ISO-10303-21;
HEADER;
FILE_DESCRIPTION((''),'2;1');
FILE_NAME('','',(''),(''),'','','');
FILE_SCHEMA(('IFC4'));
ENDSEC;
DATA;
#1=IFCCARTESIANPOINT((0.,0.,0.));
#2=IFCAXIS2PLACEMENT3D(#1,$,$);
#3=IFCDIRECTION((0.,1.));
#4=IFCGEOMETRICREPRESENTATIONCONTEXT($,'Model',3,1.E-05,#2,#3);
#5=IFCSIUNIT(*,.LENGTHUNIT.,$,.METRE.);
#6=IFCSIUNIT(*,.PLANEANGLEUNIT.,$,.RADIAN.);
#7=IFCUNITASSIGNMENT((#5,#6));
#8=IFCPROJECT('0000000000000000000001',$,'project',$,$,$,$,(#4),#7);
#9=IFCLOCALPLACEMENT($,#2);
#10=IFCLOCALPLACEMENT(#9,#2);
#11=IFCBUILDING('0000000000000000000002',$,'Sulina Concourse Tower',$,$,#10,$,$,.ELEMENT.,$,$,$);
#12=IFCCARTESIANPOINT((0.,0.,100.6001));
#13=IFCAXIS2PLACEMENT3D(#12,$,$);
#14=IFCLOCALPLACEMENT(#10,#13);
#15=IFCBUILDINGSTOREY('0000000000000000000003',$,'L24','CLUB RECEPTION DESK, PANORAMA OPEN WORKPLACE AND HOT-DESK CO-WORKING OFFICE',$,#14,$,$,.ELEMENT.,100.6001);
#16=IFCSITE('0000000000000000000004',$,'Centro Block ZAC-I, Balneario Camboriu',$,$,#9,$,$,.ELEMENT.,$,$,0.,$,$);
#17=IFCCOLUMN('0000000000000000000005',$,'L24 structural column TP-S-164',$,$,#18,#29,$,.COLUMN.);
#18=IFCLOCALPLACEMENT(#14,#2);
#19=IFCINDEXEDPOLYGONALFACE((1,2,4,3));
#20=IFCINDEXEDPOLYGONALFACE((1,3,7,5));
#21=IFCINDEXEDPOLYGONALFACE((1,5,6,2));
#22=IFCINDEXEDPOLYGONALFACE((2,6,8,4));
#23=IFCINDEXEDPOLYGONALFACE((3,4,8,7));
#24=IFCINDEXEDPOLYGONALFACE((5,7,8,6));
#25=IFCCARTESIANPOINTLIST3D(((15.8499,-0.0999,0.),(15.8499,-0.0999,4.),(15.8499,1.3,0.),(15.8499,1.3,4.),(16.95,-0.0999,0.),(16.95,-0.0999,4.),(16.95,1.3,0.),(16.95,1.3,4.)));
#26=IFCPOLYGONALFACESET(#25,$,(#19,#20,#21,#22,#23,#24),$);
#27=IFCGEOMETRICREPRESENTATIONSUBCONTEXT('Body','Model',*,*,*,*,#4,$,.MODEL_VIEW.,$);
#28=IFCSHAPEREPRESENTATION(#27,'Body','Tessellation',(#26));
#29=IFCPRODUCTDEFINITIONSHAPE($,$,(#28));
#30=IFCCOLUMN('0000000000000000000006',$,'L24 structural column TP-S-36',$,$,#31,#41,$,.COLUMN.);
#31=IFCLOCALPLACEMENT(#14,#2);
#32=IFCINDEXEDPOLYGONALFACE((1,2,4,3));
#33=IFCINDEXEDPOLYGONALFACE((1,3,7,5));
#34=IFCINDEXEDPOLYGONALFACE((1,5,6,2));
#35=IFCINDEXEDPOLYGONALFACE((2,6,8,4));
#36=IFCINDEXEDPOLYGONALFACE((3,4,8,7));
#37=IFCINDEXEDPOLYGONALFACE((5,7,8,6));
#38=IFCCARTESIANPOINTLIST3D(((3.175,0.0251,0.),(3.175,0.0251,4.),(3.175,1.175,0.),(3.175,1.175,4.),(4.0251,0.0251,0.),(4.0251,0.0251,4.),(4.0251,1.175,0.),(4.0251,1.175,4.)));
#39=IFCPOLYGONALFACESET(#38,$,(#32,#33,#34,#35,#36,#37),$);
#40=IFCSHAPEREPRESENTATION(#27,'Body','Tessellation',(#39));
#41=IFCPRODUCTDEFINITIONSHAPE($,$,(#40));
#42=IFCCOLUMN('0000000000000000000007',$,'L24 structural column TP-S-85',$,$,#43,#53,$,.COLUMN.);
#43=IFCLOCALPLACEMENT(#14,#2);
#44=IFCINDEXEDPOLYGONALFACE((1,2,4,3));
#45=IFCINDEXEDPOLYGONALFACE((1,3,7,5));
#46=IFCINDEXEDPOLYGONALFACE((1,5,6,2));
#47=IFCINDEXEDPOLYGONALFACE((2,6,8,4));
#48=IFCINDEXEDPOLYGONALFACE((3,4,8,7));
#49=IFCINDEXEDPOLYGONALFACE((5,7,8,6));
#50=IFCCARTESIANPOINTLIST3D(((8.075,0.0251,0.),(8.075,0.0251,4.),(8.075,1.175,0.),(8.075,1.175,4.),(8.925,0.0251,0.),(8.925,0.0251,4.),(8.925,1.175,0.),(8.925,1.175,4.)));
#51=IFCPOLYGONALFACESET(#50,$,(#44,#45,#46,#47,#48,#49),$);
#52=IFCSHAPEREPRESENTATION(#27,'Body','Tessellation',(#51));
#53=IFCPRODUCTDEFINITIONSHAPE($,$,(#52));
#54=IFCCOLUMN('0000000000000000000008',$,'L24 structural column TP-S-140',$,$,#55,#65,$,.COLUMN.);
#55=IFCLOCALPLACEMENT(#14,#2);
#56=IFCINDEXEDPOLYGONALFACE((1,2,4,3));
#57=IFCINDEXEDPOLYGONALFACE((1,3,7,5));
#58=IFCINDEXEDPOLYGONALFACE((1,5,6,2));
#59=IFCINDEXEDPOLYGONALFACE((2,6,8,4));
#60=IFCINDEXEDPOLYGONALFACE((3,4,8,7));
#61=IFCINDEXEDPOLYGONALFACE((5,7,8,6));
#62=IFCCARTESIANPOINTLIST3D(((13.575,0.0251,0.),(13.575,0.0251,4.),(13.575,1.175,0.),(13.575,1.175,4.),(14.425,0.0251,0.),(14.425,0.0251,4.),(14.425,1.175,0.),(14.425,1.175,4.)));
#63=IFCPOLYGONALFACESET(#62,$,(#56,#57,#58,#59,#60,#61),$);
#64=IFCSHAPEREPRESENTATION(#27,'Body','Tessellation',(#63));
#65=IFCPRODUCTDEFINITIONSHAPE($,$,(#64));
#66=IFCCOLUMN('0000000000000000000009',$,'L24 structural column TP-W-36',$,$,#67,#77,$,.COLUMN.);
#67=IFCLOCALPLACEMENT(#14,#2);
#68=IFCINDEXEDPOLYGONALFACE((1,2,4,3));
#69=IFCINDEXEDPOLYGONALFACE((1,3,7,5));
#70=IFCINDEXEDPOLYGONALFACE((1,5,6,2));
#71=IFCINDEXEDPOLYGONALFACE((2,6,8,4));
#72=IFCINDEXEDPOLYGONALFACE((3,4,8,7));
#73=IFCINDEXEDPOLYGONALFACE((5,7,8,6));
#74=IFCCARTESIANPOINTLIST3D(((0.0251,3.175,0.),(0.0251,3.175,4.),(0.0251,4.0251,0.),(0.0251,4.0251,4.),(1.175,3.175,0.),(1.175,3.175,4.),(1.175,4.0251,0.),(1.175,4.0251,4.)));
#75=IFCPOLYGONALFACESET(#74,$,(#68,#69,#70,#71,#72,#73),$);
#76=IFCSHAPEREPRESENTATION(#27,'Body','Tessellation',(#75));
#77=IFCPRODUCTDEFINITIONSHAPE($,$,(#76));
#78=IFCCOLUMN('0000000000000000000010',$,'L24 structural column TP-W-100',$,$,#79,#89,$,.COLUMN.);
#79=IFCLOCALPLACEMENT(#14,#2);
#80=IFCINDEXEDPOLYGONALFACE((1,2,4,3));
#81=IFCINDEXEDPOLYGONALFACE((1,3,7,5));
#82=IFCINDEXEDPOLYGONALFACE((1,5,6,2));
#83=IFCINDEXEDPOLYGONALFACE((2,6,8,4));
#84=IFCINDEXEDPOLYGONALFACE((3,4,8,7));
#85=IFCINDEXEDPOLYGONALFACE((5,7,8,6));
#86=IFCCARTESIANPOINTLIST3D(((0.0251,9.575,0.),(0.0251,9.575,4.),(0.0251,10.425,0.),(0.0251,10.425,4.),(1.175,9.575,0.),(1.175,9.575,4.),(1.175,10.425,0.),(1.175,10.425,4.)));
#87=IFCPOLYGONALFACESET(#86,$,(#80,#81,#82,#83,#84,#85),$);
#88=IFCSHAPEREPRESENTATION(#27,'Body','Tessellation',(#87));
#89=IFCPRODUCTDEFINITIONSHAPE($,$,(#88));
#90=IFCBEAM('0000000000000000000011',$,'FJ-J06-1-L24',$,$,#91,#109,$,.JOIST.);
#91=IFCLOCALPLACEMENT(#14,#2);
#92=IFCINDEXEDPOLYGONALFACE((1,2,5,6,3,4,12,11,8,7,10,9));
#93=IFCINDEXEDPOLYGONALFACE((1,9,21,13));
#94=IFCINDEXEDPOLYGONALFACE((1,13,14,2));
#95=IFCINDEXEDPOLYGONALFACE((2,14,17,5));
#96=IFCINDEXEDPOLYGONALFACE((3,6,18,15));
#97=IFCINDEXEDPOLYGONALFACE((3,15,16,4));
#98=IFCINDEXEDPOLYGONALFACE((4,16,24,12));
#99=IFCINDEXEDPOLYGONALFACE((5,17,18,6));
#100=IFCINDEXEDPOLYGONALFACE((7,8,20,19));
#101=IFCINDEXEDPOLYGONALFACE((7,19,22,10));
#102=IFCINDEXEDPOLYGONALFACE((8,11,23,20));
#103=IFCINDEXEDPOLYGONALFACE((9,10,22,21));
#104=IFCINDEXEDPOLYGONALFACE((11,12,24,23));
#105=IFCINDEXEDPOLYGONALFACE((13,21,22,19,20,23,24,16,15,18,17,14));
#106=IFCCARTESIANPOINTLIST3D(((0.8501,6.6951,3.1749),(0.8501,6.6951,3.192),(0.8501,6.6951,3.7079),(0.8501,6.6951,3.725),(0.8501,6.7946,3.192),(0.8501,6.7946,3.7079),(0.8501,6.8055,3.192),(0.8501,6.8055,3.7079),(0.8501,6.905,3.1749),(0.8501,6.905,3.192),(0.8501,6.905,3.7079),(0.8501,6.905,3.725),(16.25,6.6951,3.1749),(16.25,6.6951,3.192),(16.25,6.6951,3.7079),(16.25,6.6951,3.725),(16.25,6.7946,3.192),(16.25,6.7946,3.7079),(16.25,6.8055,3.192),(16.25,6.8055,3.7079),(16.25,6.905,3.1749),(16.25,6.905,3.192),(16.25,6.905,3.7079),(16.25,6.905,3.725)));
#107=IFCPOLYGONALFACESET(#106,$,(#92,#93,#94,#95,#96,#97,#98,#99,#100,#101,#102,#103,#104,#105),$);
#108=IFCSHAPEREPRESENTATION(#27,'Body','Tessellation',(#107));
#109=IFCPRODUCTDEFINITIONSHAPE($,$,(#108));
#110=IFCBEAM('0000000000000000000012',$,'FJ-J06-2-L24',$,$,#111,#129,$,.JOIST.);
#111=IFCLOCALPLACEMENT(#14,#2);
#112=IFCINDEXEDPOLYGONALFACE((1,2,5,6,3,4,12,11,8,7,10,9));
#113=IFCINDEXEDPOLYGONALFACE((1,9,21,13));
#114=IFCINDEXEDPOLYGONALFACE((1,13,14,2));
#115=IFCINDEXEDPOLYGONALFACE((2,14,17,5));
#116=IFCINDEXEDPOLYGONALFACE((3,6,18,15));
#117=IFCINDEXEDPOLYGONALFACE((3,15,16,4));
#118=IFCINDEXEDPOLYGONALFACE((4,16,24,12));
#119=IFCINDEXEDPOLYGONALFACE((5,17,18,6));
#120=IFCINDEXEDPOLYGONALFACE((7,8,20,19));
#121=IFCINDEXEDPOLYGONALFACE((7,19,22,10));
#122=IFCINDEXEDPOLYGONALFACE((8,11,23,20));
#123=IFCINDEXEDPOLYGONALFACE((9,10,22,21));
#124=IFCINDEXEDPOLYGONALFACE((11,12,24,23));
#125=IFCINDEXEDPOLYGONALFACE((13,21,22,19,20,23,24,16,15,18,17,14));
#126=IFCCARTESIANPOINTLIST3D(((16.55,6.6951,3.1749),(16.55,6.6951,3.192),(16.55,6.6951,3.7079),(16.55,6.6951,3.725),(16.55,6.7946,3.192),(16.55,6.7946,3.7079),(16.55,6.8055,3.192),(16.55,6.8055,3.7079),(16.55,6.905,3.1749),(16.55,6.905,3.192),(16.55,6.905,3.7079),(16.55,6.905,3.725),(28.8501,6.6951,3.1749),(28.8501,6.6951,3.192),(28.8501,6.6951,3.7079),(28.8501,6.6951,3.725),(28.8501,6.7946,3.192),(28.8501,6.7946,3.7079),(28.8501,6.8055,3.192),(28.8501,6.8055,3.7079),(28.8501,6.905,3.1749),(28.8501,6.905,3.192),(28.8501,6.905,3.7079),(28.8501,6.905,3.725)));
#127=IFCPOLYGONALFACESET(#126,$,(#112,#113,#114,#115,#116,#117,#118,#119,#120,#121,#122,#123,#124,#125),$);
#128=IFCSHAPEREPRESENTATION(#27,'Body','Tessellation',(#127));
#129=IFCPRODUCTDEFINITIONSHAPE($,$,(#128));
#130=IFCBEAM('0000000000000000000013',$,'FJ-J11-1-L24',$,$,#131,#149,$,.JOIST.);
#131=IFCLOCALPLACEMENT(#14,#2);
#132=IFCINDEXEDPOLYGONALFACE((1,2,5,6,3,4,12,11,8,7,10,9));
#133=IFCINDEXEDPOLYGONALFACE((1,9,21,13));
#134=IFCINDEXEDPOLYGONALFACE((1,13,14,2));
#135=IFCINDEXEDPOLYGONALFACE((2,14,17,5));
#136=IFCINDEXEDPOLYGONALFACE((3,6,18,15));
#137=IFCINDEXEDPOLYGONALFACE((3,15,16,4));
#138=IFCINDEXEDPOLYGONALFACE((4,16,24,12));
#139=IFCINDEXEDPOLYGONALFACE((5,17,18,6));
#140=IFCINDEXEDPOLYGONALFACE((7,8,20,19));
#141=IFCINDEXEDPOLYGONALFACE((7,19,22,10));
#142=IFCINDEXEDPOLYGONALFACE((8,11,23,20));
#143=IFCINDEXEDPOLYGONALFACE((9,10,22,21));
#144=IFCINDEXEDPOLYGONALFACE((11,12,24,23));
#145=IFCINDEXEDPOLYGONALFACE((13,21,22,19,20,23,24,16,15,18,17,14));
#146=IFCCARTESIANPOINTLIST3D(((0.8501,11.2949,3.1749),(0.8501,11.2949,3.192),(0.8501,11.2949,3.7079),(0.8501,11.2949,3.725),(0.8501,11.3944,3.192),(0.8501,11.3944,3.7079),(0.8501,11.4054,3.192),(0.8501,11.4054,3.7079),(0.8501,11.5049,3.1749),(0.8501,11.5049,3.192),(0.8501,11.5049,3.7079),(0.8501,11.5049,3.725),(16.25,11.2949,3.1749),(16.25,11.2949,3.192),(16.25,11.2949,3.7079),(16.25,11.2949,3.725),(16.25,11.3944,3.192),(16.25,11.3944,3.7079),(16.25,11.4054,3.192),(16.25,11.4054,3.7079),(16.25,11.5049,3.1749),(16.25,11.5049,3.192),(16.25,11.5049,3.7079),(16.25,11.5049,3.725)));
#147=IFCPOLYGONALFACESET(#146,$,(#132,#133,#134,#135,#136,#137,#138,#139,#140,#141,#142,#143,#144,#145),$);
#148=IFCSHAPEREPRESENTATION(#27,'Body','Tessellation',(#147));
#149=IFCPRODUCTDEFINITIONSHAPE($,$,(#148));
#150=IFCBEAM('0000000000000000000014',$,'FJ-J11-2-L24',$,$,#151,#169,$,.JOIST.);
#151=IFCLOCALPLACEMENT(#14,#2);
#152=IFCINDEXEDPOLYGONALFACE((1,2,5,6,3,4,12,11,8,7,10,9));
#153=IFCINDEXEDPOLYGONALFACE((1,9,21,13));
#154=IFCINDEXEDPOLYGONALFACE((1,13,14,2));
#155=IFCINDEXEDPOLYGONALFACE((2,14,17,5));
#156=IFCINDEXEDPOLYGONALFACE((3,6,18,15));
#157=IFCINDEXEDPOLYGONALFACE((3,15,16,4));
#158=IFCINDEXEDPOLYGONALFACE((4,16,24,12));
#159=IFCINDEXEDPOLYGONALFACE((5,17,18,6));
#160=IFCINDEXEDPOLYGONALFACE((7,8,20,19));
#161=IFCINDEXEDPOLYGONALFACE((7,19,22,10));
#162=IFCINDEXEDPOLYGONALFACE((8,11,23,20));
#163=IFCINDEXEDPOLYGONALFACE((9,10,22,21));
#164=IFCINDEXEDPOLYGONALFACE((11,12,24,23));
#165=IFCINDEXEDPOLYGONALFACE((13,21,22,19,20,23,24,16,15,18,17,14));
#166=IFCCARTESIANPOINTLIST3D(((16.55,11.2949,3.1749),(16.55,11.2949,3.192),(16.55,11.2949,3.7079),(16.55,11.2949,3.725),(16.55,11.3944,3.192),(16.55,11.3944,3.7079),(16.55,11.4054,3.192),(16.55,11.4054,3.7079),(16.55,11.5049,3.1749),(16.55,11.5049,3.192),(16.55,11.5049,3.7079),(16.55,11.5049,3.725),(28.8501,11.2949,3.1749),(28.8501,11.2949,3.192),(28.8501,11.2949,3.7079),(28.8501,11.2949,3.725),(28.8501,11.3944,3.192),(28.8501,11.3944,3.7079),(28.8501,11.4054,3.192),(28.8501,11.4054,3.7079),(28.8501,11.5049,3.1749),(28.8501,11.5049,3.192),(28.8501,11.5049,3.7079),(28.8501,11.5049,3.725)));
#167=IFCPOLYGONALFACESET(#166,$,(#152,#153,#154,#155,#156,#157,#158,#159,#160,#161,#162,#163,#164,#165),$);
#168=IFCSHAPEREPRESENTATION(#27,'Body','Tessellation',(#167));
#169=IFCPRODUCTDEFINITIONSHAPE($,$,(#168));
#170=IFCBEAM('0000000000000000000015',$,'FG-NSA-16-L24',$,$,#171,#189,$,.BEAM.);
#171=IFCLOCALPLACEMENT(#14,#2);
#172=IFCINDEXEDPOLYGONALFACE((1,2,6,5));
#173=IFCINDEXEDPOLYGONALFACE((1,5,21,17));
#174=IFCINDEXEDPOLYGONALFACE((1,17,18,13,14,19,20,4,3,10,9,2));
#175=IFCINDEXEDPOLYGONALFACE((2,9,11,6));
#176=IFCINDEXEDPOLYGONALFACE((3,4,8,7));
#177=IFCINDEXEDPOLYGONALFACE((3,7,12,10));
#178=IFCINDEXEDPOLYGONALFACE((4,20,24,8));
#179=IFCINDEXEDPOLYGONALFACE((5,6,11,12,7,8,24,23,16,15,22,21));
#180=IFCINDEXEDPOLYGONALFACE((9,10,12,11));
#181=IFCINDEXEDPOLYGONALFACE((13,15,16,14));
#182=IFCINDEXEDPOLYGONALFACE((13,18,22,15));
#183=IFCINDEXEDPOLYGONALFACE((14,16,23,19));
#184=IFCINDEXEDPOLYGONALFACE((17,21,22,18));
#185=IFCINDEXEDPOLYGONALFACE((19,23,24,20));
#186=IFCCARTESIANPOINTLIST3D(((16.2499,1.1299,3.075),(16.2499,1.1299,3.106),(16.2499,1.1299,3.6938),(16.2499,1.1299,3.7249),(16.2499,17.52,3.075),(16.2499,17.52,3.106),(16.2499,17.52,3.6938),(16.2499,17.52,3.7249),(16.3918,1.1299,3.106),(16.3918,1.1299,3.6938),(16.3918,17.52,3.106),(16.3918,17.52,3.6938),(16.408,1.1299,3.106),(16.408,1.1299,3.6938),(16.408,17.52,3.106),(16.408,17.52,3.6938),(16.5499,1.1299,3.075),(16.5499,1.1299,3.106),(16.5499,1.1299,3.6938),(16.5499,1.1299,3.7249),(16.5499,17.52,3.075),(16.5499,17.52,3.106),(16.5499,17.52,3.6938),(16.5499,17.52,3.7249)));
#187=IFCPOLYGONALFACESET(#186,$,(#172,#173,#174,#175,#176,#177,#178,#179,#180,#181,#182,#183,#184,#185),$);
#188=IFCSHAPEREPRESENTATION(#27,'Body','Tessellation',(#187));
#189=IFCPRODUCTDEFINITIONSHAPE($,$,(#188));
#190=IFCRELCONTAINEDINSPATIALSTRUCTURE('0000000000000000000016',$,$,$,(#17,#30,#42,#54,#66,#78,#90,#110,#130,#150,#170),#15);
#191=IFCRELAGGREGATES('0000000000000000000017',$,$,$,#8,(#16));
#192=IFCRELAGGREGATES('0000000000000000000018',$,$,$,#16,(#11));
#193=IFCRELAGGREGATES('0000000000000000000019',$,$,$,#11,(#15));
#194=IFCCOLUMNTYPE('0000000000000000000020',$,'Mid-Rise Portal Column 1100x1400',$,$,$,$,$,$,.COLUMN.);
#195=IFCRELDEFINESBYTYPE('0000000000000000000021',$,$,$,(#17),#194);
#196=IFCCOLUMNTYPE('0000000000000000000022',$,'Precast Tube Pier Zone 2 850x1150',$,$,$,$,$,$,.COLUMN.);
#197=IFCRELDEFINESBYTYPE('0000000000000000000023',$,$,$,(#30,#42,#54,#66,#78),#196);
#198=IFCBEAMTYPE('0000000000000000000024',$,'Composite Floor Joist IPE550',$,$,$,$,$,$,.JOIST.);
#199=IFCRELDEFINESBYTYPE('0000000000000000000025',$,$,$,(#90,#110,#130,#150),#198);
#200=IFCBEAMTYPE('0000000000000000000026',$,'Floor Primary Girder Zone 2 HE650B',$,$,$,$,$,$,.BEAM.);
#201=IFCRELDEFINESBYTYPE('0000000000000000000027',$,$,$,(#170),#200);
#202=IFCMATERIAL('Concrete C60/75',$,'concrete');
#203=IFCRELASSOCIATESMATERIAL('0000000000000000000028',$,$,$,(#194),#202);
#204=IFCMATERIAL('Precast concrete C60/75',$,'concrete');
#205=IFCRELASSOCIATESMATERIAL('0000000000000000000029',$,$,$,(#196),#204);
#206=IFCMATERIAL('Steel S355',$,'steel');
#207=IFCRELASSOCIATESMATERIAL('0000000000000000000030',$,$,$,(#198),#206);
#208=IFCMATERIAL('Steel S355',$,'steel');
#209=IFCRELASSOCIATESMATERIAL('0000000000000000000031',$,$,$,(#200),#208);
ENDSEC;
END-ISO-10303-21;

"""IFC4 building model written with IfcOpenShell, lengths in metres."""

from ifc_helpers import new_model, si_unit, direction, frame, origin, origin_2d, place, context, subcontext, project, spatial, rectangle, i_section, extrude, material, material_profile, profile_set, type_object, element, save


model = new_model("IFC4")

# Units and contexts
model_context = context("Model", 3, precision=1e-05, world=origin(), true_north=direction((0.0, 1.0)))
body_context = subcontext(model_context, "Body", "Model", "MODEL_VIEW")
ifc_project = project(units=[si_unit("LENGTHUNIT", "METRE"), si_unit("PLANEANGLEUNIT", "RADIAN")], contexts=[model_context])

# Site, building, storey
site_placement = place(None, origin())
site = spatial("IfcSite", under=ifc_project, at=site_placement, Name="Centro Block ZAC-I, Balneario Camboriu", CompositionType="ELEMENT", RefElevation=0.0)
building_placement = place(site_placement, origin())
building = spatial("IfcBuilding", under=site, at=building_placement, Name="Sulina Concourse Tower", CompositionType="ELEMENT")
storey_placement = place(building_placement, frame((0.0, 0.0, 100.6001)))
storey = spatial("IfcBuildingStorey", under=building, at=storey_placement, Name="L24", Description="CLUB RECEPTION DESK, PANORAMA OPEN WORKPLACE AND HOT-DESK CO-WORKING OFFICE", CompositionType="ELEMENT", Elevation=100.6001)

# Columns
ifc_material_1 = material(Name="Concrete C60/75", Category="concrete")
ifc_material_profile_1 = material_profile(ifc_material_1, rectangle(XDim=1.1001, YDim=1.3999, at=origin_2d()), Name="RC 1100x1400")
ifc_profile_set_1 = profile_set([ifc_material_profile_1], Name="Concrete C60/75")
column_type_1 = type_object("IfcColumnType", Name="Mid-Rise Portal Column 1100x1400", PredefinedType="COLUMN", material=ifc_profile_set_1)
column_placement = place(storey_placement, frame((16.3999, 0.6001, 0.0), z_axis=(0.0, 0.0, 1.0), x_axis=(1.0, 0.0, 0.0)))
element("IfcColumn", 1, at=column_placement, inside=storey, type_object=column_type_1, Name="L24 structural column TP-S-164", PredefinedType="COLUMN", context=body_context, shape_type="SweptSolid", body=[
    extrude(rectangle(XDim=1.1001, YDim=1.3999, at=origin_2d()), origin(), (0.0, 0.0, 1.0), 4.0),
])
ifc_material_2 = material(Name="Precast concrete C60/75", Category="concrete")
ifc_material_profile_2 = material_profile(ifc_material_2, rectangle(XDim=0.8501, YDim=1.1499, at=origin_2d()), Name="PC 850x1150")
ifc_profile_set_2 = profile_set([ifc_material_profile_2], Name="Precast concrete C60/75")
column_type_2 = type_object("IfcColumnType", Name="Precast Tube Pier Zone 2 850x1150", PredefinedType="COLUMN", material=ifc_profile_set_2)
for number, where, z_axis, x_axis, name in (
    (2, (3.6001, 0.6001, 0.0), (0.0, 0.0, 1.0), (1.0, 0.0, 0.0), "L24 structural column TP-S-36"),
    (3, (8.5, 0.6001, 0.0), (0.0, 0.0, 1.0), (1.0, 0.0, 0.0), "L24 structural column TP-S-85"),
    (4, (14.0, 0.6001, 0.0), (0.0, 0.0, 1.0), (1.0, 0.0, 0.0), "L24 structural column TP-S-140"),
    (5, (0.6001, 3.6001, 0.0), (0.0, 0.0, 1.0), (0.0, 1.0, 0.0), "L24 structural column TP-W-36"),
    (6, (0.6001, 10.0, 0.0), (0.0, 0.0, 1.0), (0.0, 1.0, 0.0), "L24 structural column TP-W-100"),
):
    element("IfcColumn", number, at=place(storey_placement, frame(where, z_axis=z_axis, x_axis=x_axis)), inside=storey, type_object=column_type_2, Name=name, PredefinedType="COLUMN", context=body_context, shape_type="SweptSolid", body=[
        extrude(rectangle(XDim=0.8501, YDim=1.1499, at=origin_2d()), origin(), (0.0, 0.0, 1.0), 4.0),
    ])

# Beams
ifc_material_3 = material(Name="Steel S355", Category="steel")
ifc_material_profile_3 = material_profile(ifc_material_3, i_section(OverallWidth=0.21, OverallDepth=0.55, WebThickness=0.011, FlangeThickness=0.0171, at=origin_2d()), Name="IPE 550")
ifc_profile_set_3 = profile_set([ifc_material_profile_3], Name="Steel S355")
beam_type_1 = type_object("IfcBeamType", Name="Composite Floor Joist IPE550", PredefinedType="JOIST", material=ifc_profile_set_3)
beam_1_placement = place(storey_placement, frame((0.8501, 6.8, 3.45), z_axis=(1.0, 0.0, 0.0), x_axis=(0.0, 1.0, 0.0)))
element("IfcBeam", 7, at=beam_1_placement, inside=storey, type_object=beam_type_1, Name="FJ-J06-1-L24", PredefinedType="JOIST", context=body_context, shape_type="SweptSolid", body=[
    extrude(i_section(OverallWidth=0.21, OverallDepth=0.55, WebThickness=0.011, FlangeThickness=0.0171, at=origin_2d()), origin(), (0.0, 0.0, 1.0), 15.3999),
])
beam_2_placement = place(storey_placement, frame((16.55, 6.8, 3.45), z_axis=(1.0, 0.0, 0.0), x_axis=(0.0, 1.0, 0.0)))
element("IfcBeam", 8, at=beam_2_placement, inside=storey, type_object=beam_type_1, Name="FJ-J06-2-L24", PredefinedType="JOIST", context=body_context, shape_type="SweptSolid", body=[
    extrude(i_section(OverallWidth=0.21, OverallDepth=0.55, WebThickness=0.011, FlangeThickness=0.0171, at=origin_2d()), origin(), (0.0, 0.0, 1.0), 12.3),
])
beam_3_placement = place(storey_placement, frame((0.8501, 11.3999, 3.45), z_axis=(1.0, 0.0, 0.0), x_axis=(0.0, 1.0, 0.0)))
element("IfcBeam", 9, at=beam_3_placement, inside=storey, type_object=beam_type_1, Name="FJ-J11-1-L24", PredefinedType="JOIST", context=body_context, shape_type="SweptSolid", body=[
    extrude(i_section(OverallWidth=0.21, OverallDepth=0.55, WebThickness=0.011, FlangeThickness=0.0171, at=origin_2d()), origin(), (0.0, 0.0, 1.0), 15.3999),
])
beam_4_placement = place(storey_placement, frame((16.55, 11.3999, 3.45), z_axis=(1.0, 0.0, 0.0), x_axis=(0.0, 1.0, 0.0)))
element("IfcBeam", 10, at=beam_4_placement, inside=storey, type_object=beam_type_1, Name="FJ-J11-2-L24", PredefinedType="JOIST", context=body_context, shape_type="SweptSolid", body=[
    extrude(i_section(OverallWidth=0.21, OverallDepth=0.55, WebThickness=0.011, FlangeThickness=0.0171, at=origin_2d()), origin(), (0.0, 0.0, 1.0), 12.3),
])
ifc_material_4 = material(Name="Steel S355", Category="steel")
ifc_material_profile_4 = material_profile(ifc_material_4, i_section(OverallWidth=0.3, OverallDepth=0.6499, WebThickness=0.0161, FlangeThickness=0.031, at=origin_2d()), Name="HE 650 B")
ifc_profile_set_4 = profile_set([ifc_material_profile_4], Name="Steel S355")
beam_type_2 = type_object("IfcBeamType", Name="Floor Primary Girder Zone 2 HE650B", PredefinedType="BEAM", material=ifc_profile_set_4)
beam_5_placement = place(storey_placement, frame((16.3999, 1.1299, 3.3999), z_axis=(0.0, 1.0, 0.0), x_axis=(-1.0, 0.0, 0.0)))
element("IfcBeam", 11, at=beam_5_placement, inside=storey, type_object=beam_type_2, Name="FG-NSA-16-L24", PredefinedType="BEAM", context=body_context, shape_type="SweptSolid", body=[
    extrude(i_section(OverallWidth=0.3, OverallDepth=0.6499, WebThickness=0.0161, FlangeThickness=0.031, at=origin_2d()), origin(), (0.0, 0.0, 1.0), 16.3901),
])

save(model, "model.ifc")
